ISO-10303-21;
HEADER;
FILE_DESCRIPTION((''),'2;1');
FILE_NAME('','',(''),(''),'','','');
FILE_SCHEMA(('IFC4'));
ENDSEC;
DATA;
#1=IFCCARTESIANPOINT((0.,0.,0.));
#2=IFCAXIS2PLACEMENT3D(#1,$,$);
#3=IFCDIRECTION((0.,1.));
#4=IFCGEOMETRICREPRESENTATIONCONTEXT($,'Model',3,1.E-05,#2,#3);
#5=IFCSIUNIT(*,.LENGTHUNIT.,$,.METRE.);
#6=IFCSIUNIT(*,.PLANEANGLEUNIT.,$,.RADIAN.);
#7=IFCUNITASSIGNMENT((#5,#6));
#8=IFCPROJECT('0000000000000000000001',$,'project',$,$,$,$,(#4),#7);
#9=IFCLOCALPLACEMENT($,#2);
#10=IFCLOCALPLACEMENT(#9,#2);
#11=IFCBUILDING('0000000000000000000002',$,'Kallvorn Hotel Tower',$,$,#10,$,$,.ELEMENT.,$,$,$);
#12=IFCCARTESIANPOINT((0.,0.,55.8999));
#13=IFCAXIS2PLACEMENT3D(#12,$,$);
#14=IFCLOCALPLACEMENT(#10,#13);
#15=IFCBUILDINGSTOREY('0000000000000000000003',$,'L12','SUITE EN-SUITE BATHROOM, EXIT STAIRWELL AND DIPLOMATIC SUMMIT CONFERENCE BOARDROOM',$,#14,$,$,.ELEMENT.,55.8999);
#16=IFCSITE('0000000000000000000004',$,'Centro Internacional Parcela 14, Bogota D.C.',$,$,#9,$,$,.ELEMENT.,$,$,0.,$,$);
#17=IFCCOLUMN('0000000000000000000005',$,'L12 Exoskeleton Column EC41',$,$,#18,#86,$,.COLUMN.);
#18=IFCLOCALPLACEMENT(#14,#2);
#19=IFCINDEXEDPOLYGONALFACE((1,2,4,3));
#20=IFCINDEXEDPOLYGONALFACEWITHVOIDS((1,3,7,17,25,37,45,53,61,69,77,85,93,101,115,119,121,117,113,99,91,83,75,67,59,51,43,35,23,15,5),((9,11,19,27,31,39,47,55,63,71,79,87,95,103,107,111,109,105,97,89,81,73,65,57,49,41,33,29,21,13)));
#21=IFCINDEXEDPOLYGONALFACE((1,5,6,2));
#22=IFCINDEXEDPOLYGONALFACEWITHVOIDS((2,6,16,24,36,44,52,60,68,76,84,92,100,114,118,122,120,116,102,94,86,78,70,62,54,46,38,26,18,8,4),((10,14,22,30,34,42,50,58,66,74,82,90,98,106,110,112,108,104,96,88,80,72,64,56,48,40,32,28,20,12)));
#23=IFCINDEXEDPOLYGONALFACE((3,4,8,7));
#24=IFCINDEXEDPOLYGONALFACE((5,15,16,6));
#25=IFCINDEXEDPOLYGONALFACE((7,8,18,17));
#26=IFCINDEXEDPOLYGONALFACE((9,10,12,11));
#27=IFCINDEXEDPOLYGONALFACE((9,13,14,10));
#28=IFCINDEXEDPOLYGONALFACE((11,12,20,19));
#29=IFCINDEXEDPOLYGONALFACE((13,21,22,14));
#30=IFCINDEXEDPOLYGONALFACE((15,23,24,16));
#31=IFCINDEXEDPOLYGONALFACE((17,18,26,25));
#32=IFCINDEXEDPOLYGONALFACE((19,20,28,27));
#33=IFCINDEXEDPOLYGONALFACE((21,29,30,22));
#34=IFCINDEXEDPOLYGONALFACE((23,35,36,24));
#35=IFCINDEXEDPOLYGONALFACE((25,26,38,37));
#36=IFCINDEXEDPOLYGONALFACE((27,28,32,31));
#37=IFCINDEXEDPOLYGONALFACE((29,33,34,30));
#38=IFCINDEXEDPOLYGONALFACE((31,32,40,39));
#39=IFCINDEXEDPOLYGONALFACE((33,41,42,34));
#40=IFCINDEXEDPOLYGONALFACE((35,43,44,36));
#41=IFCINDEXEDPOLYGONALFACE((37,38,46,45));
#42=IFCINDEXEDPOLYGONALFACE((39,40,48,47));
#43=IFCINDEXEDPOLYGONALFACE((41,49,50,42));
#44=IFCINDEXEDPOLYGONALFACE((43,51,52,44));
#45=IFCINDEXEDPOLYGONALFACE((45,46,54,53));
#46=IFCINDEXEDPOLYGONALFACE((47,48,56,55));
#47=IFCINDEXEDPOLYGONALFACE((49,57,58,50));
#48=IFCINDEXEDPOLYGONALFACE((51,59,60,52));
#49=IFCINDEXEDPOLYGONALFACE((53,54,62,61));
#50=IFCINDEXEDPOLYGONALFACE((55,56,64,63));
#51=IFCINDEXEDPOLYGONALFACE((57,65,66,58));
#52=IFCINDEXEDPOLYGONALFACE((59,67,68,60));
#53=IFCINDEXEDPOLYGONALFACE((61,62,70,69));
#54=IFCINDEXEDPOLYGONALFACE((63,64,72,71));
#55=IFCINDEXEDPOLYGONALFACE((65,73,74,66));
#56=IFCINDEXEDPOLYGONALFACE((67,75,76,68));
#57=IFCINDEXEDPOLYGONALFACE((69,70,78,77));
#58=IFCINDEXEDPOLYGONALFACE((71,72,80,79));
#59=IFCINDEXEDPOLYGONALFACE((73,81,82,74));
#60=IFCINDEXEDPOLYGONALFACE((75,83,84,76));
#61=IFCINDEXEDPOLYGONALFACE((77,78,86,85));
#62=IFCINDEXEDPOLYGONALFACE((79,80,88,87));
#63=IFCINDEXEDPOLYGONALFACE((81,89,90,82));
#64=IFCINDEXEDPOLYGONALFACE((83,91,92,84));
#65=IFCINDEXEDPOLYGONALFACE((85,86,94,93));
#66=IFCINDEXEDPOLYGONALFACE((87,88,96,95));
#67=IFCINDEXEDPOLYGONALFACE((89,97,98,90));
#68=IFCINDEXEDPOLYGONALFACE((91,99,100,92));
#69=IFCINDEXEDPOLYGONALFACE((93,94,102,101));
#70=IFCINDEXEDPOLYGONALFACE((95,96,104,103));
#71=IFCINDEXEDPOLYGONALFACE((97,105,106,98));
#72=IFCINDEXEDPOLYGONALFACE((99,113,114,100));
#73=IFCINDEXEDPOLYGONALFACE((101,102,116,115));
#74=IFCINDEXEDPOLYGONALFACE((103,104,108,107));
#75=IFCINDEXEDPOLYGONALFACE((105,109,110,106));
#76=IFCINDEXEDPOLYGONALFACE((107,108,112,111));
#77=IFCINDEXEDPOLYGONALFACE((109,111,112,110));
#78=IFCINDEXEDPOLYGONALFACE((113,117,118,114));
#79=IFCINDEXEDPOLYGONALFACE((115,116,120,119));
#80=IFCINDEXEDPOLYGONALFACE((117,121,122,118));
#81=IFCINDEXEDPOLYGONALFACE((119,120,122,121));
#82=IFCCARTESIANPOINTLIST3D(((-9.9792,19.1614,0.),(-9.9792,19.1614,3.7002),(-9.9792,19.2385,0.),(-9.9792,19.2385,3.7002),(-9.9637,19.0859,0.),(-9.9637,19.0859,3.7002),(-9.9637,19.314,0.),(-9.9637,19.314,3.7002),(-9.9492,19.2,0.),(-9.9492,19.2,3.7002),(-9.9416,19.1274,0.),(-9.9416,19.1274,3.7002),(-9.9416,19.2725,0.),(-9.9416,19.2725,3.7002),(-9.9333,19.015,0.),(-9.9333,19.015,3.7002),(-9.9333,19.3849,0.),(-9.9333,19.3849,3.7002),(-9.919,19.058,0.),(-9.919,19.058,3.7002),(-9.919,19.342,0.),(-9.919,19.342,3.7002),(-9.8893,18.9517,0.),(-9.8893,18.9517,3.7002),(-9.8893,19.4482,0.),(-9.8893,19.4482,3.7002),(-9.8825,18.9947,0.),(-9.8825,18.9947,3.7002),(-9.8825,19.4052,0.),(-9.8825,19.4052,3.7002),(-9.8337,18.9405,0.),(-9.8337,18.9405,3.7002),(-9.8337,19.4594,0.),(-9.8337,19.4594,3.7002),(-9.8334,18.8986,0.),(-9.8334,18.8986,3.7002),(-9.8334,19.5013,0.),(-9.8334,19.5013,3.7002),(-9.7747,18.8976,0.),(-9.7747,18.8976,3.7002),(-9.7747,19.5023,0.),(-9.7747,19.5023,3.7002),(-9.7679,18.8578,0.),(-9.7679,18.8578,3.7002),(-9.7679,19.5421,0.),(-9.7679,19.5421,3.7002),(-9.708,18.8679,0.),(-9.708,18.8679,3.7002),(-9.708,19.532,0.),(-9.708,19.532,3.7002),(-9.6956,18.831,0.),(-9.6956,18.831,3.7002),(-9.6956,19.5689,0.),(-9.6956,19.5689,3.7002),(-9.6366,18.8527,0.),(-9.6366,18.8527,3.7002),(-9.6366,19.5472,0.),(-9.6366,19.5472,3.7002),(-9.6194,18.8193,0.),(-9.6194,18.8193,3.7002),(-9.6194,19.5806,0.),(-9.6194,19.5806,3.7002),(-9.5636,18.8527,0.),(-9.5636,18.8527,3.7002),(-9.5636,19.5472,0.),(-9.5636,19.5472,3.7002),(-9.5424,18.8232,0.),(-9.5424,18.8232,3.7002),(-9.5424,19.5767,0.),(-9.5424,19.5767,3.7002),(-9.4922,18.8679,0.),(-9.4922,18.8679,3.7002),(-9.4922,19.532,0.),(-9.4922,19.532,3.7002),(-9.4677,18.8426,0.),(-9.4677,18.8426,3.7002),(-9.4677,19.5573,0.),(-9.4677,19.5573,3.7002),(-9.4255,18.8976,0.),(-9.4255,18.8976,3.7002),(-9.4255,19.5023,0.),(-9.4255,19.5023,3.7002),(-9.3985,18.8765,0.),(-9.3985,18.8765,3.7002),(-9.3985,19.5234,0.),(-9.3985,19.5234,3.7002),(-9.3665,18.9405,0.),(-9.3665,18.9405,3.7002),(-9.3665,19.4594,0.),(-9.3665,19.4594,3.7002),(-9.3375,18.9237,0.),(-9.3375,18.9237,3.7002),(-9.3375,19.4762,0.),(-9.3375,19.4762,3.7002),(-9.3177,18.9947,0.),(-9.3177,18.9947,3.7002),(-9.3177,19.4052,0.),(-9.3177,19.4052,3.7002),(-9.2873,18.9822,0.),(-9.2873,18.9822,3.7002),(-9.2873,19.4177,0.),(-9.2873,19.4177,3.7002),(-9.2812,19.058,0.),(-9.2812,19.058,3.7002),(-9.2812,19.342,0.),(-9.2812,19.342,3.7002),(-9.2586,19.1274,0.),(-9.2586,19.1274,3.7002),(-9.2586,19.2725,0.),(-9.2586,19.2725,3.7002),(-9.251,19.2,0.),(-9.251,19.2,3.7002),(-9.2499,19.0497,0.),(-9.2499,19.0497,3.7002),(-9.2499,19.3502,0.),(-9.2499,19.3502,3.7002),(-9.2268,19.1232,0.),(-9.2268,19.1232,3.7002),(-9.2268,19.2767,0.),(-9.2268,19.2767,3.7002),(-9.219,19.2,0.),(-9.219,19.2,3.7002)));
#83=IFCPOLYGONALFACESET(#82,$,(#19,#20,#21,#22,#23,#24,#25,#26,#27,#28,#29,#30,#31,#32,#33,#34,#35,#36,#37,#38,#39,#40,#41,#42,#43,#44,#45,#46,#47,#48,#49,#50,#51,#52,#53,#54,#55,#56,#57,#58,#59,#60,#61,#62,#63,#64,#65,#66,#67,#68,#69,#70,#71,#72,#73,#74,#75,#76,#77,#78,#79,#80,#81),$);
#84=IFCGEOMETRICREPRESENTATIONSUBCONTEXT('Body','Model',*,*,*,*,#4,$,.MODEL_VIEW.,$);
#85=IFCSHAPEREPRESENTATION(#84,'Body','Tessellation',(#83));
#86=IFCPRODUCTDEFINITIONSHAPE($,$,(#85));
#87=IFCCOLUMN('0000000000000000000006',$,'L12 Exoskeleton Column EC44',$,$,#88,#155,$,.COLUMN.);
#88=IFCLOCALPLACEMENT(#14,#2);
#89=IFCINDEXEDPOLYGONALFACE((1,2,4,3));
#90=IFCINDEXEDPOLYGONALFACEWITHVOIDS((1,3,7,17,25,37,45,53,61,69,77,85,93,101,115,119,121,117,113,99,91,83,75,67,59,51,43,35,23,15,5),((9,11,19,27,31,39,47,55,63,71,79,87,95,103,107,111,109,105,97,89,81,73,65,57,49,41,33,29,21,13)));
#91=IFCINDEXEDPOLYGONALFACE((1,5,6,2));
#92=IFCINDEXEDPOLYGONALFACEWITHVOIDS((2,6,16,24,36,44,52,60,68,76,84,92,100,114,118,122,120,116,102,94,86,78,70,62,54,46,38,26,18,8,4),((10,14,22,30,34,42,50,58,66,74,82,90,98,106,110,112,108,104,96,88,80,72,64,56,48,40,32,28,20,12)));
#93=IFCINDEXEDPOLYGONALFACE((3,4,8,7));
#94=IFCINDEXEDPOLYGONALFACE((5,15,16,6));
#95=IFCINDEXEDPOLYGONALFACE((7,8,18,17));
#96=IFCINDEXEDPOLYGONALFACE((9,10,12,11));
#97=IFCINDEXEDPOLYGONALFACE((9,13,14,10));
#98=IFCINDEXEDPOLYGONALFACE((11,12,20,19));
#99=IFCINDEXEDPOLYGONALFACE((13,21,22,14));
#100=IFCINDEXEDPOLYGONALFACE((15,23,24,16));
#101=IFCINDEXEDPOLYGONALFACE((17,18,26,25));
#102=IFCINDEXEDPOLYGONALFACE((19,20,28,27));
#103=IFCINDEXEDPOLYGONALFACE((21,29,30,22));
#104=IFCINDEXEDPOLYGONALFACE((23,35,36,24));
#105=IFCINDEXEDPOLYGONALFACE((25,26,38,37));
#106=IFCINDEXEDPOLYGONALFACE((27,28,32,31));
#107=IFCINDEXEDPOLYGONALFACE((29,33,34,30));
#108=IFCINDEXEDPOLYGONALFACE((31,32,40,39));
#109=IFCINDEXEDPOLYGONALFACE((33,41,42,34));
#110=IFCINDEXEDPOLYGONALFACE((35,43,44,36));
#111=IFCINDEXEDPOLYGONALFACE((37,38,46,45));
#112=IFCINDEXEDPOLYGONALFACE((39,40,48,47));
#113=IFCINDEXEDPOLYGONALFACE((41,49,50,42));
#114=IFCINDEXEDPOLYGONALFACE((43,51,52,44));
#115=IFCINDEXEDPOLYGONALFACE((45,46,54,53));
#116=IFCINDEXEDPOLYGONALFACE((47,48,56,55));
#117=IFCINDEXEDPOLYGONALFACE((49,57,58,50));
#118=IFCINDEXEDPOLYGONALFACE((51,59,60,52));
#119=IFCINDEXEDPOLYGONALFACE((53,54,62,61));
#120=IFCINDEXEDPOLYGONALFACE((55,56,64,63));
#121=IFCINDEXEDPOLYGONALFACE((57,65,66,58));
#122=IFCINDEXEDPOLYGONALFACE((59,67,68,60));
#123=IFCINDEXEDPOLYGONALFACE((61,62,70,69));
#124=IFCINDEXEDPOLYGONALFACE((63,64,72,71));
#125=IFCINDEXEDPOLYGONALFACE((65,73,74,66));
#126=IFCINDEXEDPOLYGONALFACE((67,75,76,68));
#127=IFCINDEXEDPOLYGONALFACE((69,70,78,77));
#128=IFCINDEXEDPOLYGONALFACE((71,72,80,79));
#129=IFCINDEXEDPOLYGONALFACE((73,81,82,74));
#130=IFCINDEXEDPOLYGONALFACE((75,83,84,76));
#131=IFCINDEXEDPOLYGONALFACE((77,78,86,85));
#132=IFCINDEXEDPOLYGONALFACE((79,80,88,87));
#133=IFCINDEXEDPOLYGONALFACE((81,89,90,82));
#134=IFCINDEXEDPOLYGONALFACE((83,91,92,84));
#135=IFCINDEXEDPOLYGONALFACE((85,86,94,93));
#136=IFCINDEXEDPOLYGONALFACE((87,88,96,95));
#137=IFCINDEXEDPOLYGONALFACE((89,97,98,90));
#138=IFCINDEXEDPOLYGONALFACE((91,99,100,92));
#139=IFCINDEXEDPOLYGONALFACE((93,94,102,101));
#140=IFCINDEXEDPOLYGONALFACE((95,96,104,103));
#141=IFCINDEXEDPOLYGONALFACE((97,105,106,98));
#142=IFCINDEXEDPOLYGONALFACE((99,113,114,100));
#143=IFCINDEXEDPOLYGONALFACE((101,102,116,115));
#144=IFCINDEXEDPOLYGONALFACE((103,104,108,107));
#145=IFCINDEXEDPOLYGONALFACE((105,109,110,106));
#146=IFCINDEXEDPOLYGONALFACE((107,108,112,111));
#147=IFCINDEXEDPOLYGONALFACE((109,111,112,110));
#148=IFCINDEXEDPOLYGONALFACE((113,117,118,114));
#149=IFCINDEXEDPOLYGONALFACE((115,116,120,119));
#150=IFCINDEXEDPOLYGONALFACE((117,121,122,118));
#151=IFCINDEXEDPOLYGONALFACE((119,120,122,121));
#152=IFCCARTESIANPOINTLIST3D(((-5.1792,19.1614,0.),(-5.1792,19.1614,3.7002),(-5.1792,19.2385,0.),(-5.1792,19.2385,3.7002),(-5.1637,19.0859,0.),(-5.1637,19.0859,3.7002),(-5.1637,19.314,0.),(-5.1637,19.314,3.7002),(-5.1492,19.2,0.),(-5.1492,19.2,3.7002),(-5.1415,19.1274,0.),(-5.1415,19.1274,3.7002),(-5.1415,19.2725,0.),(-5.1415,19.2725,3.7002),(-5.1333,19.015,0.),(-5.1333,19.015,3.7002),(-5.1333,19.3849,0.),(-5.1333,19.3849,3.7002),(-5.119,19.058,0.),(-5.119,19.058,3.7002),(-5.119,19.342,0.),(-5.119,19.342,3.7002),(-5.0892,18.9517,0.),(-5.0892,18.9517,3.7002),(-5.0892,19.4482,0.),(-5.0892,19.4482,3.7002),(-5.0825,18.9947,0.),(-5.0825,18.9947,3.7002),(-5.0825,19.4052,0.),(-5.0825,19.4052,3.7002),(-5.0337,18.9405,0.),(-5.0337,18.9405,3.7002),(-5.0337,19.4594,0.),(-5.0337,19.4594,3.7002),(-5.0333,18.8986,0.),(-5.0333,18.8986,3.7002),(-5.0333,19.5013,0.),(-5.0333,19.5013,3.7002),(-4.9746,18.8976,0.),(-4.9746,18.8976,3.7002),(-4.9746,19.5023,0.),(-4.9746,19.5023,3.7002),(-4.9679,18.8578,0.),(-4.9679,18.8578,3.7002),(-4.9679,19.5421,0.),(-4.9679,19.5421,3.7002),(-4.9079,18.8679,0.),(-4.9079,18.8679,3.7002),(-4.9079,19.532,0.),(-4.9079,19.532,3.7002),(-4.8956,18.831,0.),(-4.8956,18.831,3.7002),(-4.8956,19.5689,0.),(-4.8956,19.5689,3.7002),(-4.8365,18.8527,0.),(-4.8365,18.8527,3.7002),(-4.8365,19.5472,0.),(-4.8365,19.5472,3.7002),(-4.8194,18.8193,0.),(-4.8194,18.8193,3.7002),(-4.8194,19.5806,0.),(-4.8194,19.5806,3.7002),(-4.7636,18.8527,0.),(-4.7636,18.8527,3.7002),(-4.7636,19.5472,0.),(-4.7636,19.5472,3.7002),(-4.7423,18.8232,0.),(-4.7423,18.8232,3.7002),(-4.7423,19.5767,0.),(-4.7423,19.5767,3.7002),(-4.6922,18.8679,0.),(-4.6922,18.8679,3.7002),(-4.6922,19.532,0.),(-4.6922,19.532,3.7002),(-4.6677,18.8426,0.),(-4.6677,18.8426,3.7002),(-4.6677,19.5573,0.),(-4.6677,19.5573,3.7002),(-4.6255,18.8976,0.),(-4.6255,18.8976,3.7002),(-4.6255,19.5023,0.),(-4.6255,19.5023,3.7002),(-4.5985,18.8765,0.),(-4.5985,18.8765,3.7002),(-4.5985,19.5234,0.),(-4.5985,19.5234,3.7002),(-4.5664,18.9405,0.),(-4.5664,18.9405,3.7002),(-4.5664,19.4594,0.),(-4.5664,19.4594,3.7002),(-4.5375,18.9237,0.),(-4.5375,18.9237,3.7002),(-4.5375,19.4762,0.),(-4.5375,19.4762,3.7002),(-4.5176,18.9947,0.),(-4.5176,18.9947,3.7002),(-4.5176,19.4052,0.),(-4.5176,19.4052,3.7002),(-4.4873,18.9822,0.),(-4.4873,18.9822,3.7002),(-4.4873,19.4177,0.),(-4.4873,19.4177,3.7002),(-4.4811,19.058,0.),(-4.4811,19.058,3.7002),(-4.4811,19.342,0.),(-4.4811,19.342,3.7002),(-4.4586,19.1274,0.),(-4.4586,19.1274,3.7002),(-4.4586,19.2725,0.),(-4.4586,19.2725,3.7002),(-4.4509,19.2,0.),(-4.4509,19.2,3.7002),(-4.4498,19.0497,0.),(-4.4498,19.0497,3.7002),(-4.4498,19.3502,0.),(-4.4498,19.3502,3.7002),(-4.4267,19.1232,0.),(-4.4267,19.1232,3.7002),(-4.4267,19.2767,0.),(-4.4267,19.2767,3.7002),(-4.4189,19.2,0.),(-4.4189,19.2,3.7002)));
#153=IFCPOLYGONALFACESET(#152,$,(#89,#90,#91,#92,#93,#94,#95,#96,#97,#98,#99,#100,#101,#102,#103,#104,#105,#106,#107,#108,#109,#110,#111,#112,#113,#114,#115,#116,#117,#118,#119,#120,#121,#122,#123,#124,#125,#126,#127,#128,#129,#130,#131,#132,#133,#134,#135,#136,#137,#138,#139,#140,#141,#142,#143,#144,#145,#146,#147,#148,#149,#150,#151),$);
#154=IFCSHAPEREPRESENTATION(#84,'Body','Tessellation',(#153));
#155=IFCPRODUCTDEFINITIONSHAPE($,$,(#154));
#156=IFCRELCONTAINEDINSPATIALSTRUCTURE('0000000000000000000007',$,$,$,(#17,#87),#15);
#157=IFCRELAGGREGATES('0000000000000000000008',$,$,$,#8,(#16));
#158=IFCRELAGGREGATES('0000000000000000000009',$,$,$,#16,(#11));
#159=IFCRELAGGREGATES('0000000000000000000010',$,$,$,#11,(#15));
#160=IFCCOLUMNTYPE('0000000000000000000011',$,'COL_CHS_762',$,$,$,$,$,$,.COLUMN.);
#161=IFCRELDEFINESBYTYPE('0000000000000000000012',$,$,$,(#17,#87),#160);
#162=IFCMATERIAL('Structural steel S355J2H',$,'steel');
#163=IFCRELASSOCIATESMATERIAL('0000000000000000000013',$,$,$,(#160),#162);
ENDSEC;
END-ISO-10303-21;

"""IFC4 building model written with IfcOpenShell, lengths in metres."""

from ifc_helpers import new_model, si_unit, direction, frame, origin, origin_2d, place, context, subcontext, project, spatial, hollow_circle, extrude, material, material_profile, profile_set, type_object, element, save


model = new_model("IFC4")

# Units and contexts
model_context = context("Model", 3, precision=1e-05, world=origin(), true_north=direction((0.0, 1.0)))
body_context = subcontext(model_context, "Body", "Model", "MODEL_VIEW")
ifc_project = project(units=[si_unit("LENGTHUNIT", "METRE"), si_unit("PLANEANGLEUNIT", "RADIAN")], contexts=[model_context])

# Site, building, storey
site_placement = place(None, origin())
site = spatial("IfcSite", under=ifc_project, at=site_placement, Name="Centro Internacional Parcela 14, Bogota D.C.", CompositionType="ELEMENT", RefElevation=0.0)
building_placement = place(site_placement, origin())
building = spatial("IfcBuilding", under=site, at=building_placement, Name="Kallvorn Hotel Tower", CompositionType="ELEMENT")
storey_placement = place(building_placement, frame((0.0, 0.0, 55.8999)))
storey = spatial("IfcBuildingStorey", under=building, at=storey_placement, Name="L12", Description="SUITE EN-SUITE BATHROOM, EXIT STAIRWELL AND DIPLOMATIC SUMMIT CONFERENCE BOARDROOM", CompositionType="ELEMENT", Elevation=55.8999)

# Columns
ifc_material_1 = material(Name="Structural steel S355J2H", Category="steel")
ifc_material_profile_1 = material_profile(ifc_material_1, hollow_circle(Radius=0.3811, WallThickness=0.032, at=origin_2d()), Name="CHS 762x32")
ifc_profile_set_1 = profile_set([ifc_material_profile_1], Name="Structural steel S355J2H")
column_type_1 = type_object("IfcColumnType", Name="COL_CHS_762", PredefinedType="COLUMN", material=ifc_profile_set_1)
for number, where, z_axis, x_axis, name in (
    (1, (-9.6001, 19.2, 0.0), (0.0, 0.0, 1.0), (1.0, 0.0, 0.0), "L12 Exoskeleton Column EC41"),
    (2, (-4.8, 19.2, 0.0), (0.0, 0.0, 1.0), (1.0, 0.0, 0.0), "L12 Exoskeleton Column EC44"),
):
    element("IfcColumn", number, at=place(storey_placement, frame(where, z_axis=z_axis, x_axis=x_axis)), inside=storey, type_object=column_type_1, Name=name, PredefinedType="COLUMN", context=body_context, shape_type="SweptSolid", body=[
        extrude(hollow_circle(Radius=0.3811, WallThickness=0.032, at=origin_2d()), origin(), (0.0, 0.0, 1.0), 3.7002),
    ])

save(model, "model.ifc")
